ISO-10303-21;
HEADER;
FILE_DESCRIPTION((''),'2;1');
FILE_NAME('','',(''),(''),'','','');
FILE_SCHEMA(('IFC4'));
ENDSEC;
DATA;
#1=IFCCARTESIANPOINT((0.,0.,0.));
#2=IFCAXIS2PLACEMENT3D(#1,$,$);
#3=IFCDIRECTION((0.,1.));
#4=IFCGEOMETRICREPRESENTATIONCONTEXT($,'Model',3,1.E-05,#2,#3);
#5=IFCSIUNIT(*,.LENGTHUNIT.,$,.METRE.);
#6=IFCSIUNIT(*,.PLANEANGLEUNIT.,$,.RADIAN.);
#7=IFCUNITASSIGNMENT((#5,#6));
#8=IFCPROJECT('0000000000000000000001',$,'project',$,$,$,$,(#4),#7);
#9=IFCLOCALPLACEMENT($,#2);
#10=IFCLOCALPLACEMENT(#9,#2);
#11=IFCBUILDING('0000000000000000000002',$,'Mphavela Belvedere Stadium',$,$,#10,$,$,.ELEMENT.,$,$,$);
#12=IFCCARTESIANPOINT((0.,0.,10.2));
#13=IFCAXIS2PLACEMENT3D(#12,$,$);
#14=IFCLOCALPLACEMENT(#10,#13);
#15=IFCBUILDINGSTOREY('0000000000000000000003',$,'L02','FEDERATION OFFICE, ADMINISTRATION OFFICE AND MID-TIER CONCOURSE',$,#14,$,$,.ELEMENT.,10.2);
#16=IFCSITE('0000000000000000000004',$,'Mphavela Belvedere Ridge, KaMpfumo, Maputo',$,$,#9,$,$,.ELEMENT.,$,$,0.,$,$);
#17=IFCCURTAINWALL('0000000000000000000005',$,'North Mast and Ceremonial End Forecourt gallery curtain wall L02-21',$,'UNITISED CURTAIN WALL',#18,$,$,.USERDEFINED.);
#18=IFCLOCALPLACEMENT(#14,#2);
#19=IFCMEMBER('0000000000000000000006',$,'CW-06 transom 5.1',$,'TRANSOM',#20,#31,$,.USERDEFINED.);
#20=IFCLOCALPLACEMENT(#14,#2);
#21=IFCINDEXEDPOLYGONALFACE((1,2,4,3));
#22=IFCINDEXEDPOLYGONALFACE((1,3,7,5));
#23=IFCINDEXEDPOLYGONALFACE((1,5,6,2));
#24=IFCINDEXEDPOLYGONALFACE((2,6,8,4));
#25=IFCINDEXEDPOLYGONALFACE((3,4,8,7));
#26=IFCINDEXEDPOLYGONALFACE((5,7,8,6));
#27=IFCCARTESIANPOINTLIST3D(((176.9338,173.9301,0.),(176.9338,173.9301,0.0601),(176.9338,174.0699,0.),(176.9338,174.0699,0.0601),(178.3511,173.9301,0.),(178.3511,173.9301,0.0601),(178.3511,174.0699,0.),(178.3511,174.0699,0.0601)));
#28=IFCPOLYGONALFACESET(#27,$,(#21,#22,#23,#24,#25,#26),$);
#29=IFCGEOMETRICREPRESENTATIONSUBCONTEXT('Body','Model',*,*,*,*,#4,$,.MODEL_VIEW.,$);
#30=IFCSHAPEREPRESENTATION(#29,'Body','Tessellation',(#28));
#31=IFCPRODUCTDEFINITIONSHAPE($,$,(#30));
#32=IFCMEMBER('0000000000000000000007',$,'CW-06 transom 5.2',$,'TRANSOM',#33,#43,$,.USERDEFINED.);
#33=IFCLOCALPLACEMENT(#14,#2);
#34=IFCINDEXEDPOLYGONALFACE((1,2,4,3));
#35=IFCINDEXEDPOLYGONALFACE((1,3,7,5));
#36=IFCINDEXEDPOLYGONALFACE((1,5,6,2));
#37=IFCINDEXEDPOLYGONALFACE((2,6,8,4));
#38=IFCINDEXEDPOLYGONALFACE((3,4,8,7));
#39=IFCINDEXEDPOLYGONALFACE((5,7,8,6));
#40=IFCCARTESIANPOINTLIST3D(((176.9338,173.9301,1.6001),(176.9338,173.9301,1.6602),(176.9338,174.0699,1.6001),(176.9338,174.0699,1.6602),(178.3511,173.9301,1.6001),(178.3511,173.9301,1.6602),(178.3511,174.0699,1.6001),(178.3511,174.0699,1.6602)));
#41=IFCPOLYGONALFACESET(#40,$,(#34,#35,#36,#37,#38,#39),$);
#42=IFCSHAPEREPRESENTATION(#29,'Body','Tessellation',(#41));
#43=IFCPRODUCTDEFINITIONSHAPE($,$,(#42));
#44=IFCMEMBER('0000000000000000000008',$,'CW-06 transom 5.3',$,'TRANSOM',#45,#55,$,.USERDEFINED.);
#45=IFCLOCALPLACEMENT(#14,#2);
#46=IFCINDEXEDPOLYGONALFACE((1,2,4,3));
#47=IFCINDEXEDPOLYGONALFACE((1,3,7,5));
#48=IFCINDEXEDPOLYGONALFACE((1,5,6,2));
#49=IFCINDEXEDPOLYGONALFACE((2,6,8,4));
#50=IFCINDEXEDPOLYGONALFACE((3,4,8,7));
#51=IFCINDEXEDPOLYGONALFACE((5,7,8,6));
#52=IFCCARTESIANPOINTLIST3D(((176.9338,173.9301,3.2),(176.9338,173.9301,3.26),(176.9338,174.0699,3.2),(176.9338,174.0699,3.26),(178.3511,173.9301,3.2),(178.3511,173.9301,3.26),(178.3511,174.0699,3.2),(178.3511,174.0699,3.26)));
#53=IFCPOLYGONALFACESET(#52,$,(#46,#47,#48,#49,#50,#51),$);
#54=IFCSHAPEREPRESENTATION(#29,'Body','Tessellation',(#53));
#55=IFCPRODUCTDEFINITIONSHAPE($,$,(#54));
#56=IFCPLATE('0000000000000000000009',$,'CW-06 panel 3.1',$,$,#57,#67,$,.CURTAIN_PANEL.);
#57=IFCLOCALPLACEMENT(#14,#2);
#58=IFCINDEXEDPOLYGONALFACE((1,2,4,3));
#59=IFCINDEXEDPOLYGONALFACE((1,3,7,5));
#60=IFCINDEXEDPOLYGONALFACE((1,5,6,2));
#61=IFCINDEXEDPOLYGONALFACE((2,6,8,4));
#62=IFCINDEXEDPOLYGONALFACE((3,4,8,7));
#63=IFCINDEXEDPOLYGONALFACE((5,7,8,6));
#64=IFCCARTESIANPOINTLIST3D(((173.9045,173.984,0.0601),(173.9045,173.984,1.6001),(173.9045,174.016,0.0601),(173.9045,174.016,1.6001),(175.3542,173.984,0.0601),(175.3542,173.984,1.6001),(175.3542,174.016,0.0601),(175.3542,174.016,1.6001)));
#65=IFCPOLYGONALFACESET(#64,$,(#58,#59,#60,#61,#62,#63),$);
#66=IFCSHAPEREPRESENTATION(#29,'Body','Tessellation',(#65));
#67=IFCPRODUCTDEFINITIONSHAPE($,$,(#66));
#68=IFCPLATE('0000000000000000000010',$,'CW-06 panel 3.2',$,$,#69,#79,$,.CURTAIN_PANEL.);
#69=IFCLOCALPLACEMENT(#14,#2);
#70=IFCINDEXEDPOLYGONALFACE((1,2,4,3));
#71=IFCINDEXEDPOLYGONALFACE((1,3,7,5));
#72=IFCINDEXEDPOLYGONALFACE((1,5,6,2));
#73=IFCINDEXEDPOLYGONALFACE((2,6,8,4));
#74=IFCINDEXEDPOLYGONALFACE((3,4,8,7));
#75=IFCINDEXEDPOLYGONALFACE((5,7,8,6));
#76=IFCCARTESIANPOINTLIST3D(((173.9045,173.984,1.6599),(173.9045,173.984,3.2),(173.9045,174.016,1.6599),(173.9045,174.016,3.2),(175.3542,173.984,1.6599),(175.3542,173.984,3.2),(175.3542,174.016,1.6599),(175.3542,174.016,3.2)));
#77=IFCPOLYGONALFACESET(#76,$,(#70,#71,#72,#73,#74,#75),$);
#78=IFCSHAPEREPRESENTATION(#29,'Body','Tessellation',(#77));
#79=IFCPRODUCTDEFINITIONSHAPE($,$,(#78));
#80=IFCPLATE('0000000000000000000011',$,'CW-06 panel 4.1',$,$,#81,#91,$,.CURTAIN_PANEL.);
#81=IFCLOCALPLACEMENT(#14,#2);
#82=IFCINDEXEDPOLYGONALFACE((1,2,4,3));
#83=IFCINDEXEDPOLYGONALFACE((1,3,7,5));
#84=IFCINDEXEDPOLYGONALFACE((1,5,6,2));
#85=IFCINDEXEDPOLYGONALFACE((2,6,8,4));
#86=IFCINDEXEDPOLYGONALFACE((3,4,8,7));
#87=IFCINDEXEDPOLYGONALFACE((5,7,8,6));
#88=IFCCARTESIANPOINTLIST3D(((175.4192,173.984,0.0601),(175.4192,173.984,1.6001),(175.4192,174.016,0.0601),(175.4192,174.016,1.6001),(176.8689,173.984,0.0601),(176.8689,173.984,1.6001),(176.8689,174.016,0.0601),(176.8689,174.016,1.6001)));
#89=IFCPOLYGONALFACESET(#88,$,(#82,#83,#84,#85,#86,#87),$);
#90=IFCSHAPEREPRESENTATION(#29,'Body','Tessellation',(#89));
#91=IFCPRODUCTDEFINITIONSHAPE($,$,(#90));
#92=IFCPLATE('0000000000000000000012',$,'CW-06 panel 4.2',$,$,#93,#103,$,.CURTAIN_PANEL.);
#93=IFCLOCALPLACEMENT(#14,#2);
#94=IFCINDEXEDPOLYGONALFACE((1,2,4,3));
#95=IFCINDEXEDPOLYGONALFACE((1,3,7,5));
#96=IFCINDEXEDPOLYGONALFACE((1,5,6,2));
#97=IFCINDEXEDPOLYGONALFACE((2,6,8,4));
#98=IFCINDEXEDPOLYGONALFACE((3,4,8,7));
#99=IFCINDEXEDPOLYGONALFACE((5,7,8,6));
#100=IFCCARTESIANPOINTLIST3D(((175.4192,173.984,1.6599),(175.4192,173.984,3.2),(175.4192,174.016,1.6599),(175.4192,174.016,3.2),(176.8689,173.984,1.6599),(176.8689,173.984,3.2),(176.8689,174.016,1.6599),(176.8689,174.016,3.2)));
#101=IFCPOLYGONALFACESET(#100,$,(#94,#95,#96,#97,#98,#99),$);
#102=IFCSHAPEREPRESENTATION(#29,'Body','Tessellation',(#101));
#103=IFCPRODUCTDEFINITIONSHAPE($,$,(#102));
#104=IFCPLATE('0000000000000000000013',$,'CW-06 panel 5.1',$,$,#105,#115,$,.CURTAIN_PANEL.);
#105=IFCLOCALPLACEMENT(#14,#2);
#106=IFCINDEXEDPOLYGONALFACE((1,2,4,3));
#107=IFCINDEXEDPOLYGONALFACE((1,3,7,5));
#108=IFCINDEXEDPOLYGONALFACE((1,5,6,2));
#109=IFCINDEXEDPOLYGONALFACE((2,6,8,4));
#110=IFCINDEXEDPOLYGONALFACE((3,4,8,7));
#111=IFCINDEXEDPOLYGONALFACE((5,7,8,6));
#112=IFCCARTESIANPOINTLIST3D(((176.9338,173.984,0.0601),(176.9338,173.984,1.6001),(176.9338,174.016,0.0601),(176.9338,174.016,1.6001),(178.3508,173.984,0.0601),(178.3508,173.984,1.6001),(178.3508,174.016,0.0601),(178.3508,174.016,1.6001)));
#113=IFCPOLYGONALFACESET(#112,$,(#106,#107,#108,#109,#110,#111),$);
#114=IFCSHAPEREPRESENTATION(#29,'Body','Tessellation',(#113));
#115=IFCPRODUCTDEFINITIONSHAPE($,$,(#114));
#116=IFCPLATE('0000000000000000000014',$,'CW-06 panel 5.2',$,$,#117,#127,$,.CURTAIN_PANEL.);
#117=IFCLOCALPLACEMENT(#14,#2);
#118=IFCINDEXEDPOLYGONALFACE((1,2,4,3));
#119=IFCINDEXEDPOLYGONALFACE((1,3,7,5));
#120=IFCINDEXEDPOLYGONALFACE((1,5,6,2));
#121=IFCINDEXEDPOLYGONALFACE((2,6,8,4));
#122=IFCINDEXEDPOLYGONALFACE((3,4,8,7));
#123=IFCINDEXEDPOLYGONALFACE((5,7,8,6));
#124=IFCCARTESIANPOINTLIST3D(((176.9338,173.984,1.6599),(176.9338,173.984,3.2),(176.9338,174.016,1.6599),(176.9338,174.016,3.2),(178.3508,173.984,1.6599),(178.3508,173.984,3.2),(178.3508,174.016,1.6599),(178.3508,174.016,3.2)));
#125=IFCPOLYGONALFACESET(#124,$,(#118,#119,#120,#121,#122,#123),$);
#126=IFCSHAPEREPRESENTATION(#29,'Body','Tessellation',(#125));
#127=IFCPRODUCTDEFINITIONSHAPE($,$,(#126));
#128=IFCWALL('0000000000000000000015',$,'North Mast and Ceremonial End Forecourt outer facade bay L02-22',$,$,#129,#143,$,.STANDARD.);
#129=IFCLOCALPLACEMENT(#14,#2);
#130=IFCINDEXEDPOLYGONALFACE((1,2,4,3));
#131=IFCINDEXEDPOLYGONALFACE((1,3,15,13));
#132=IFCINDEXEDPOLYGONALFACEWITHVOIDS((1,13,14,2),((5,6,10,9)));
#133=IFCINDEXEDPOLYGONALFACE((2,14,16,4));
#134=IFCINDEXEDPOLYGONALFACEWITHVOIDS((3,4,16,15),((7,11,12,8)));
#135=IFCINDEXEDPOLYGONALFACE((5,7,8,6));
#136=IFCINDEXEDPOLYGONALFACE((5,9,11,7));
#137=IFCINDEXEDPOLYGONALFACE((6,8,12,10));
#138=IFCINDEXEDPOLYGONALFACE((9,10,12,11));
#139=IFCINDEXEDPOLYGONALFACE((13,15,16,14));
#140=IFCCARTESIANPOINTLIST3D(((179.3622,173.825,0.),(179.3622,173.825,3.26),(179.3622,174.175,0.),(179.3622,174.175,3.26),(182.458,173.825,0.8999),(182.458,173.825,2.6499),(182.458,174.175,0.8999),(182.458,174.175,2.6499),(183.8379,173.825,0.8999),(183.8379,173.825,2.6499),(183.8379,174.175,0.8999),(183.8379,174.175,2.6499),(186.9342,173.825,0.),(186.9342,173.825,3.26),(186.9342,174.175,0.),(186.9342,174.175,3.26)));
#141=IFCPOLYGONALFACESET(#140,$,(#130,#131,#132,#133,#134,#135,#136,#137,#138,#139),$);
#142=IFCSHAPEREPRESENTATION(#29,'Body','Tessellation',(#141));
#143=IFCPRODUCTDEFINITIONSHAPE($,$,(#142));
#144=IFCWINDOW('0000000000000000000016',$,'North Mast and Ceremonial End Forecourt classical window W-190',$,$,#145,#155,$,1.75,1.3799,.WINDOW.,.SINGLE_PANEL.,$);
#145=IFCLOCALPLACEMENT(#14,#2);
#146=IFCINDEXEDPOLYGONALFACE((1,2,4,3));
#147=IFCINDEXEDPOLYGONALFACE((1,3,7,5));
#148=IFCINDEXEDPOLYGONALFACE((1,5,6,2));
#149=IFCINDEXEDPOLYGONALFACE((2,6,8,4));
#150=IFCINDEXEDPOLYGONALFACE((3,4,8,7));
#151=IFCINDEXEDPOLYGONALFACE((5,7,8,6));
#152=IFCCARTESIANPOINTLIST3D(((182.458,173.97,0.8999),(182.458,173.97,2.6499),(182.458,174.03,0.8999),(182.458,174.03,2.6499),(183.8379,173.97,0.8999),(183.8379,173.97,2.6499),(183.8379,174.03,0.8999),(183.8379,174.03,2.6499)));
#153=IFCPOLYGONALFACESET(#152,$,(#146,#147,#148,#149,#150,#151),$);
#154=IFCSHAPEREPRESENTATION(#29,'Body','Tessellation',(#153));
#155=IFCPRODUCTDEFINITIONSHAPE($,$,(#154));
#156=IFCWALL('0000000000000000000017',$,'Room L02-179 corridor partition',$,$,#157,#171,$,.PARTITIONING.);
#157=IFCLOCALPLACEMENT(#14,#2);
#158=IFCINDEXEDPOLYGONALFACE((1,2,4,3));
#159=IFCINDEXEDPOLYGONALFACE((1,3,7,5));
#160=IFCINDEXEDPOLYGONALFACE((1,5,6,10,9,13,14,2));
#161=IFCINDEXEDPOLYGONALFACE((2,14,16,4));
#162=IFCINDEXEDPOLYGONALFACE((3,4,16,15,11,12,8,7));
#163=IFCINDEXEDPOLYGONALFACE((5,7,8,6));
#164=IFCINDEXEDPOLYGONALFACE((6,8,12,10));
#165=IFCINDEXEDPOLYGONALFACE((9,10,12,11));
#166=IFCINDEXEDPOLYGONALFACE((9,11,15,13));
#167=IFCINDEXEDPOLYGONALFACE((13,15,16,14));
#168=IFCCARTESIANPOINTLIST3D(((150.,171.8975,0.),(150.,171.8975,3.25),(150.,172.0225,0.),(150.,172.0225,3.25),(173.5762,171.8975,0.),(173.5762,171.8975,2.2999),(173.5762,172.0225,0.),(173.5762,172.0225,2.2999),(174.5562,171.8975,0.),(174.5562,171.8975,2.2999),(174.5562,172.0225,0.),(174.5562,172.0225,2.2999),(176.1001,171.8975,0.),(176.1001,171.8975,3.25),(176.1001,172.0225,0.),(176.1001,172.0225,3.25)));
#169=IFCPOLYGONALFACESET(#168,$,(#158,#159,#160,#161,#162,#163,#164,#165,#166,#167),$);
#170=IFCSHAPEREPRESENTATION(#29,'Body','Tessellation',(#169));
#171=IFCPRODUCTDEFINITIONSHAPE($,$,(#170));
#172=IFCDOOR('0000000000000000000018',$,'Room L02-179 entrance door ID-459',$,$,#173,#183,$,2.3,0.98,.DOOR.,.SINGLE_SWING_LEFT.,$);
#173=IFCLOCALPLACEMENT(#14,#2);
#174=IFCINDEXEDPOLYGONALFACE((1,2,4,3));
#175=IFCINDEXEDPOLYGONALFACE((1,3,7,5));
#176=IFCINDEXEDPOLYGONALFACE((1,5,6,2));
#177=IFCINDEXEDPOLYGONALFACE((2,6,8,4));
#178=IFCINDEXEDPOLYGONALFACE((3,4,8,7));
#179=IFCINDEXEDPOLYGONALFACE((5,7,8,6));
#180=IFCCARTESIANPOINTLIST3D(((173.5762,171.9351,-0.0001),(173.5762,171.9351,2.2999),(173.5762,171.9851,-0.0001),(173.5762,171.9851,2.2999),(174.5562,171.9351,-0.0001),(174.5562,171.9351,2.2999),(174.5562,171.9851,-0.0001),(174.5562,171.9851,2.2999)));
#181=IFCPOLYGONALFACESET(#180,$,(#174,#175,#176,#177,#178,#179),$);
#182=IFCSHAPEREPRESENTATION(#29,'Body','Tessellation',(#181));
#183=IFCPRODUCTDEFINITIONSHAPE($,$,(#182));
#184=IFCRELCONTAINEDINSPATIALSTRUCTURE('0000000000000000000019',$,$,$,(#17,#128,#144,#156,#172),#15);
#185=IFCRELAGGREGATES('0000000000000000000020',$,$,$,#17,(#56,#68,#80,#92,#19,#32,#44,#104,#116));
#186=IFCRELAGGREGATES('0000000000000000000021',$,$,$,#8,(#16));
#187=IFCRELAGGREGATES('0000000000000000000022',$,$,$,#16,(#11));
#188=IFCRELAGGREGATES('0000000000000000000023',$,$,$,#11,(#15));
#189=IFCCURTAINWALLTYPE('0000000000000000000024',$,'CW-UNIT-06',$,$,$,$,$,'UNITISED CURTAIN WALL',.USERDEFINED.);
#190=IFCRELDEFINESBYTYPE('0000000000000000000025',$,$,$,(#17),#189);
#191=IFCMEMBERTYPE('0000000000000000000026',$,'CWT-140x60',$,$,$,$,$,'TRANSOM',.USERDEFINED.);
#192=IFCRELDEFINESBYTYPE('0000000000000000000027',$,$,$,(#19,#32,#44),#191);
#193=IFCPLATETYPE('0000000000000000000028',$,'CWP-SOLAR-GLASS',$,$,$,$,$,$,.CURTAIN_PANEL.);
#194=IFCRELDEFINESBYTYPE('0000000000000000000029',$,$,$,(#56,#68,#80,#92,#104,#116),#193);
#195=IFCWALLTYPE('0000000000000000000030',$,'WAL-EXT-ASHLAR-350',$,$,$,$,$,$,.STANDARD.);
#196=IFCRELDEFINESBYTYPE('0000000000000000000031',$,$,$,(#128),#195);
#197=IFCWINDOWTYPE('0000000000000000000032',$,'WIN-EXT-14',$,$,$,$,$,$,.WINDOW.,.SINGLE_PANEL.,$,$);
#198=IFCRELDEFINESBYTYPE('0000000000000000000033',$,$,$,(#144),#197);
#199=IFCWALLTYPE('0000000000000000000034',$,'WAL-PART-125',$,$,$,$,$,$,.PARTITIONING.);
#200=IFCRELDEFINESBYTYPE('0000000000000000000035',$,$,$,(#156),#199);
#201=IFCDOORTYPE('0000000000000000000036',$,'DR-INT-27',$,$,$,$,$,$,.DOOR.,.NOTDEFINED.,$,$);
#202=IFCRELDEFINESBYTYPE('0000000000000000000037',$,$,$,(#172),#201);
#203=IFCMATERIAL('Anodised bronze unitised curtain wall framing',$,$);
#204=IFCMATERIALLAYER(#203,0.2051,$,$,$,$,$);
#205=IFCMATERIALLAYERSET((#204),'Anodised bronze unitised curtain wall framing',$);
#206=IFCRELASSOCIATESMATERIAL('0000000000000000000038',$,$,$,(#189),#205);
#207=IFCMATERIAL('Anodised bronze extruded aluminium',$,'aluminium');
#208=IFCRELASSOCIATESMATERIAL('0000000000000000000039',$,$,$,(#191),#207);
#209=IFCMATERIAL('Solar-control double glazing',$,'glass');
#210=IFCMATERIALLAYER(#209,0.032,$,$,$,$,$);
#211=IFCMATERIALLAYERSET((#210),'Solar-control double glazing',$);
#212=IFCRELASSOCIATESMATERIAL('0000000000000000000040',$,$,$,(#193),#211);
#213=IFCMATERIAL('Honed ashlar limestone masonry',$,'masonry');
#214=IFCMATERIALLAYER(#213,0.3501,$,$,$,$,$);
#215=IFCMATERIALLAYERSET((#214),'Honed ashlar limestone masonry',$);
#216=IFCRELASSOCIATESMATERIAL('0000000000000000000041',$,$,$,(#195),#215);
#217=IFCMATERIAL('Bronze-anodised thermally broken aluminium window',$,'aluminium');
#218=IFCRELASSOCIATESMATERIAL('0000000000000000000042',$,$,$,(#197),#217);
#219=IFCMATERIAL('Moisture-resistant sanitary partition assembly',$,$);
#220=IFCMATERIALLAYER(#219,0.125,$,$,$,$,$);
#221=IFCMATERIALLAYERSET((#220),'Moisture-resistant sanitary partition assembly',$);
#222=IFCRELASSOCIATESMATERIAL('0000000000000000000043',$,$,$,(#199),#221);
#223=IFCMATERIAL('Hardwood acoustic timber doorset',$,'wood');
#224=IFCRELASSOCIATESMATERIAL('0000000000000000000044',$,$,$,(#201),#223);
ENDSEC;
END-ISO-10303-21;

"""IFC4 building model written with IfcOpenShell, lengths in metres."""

from ifc_helpers import new_model, si_unit, direction, frame, frame_2d, origin, origin_2d, place, context, subcontext, project, spatial, rectangle, extrude, material, layer, layer_set, material_profile, profile_set, type_object, element, fill, aggregate, save


model = new_model("IFC4")

# Units and contexts
model_context = context("Model", 3, precision=1e-05, world=origin(), true_north=direction((0.0, 1.0)))
body_context = subcontext(model_context, "Body", "Model", "MODEL_VIEW")
ifc_project = project(units=[si_unit("LENGTHUNIT", "METRE"), si_unit("PLANEANGLEUNIT", "RADIAN")], contexts=[model_context])

# Site, building, storey
site_placement = place(None, origin())
site = spatial("IfcSite", under=ifc_project, at=site_placement, Name="Mphavela Belvedere Ridge, KaMpfumo, Maputo", CompositionType="ELEMENT", RefElevation=0.0)
building_placement = place(site_placement, origin())
building = spatial("IfcBuilding", under=site, at=building_placement, Name="Mphavela Belvedere Stadium", CompositionType="ELEMENT")
storey_placement = place(building_placement, frame((0.0, 0.0, 10.2)))
storey = spatial("IfcBuildingStorey", under=building, at=storey_placement, Name="L02", Description="FEDERATION OFFICE, ADMINISTRATION OFFICE AND MID-TIER CONCOURSE", CompositionType="ELEMENT", Elevation=10.2)

# Curtain wall, members, plates
ifc_material_1 = material(Name="Anodised bronze unitised curtain wall framing")
ifc_layer_1 = layer(ifc_material_1, 0.2051)
ifc_layer_set_1 = layer_set([ifc_layer_1], Name="Anodised bronze unitised curtain wall framing")
curtain_wall_type = type_object("IfcCurtainWallType", Name="CW-UNIT-06", ElementType="UNITISED CURTAIN WALL", PredefinedType="USERDEFINED", material=ifc_layer_set_1)
curtain_wall_placement = place(storey_placement, origin())
curtain_wall = element("IfcCurtainWall", 1, at=curtain_wall_placement, inside=storey, type_object=curtain_wall_type, Name="North Mast and Ceremonial End Forecourt gallery curtain wall L02-21", ObjectType="UNITISED CURTAIN WALL", PredefinedType="USERDEFINED")
ifc_material_2 = material(Name="Anodised bronze extruded aluminium", Category="aluminium")
ifc_material_profile_1 = material_profile(ifc_material_2, rectangle(XDim=0.1399, YDim=0.0601, at=origin_2d()), Name="CW-TRN 140x60")
ifc_profile_set_1 = profile_set([ifc_material_profile_1], Name="Anodised bronze extruded aluminium")
member_type_1 = type_object("IfcMemberType", Name="CWT-140x60", ElementType="TRANSOM", PredefinedType="USERDEFINED", material=ifc_profile_set_1)
member_1_placement = place(storey_placement, frame((176.9338, 174.0, 0.03), z_axis=(1.0, 0.0, 0.0), x_axis=(0.0, 1.0, 0.0)))
member_1 = element("IfcMember", 2, at=member_1_placement, type_object=member_type_1, Name="CW-06 transom 5.1", ObjectType="TRANSOM", PredefinedType="USERDEFINED", context=body_context, shape_type="SweptSolid", body=[
    extrude(rectangle(XDim=0.1399, YDim=0.0601, at=origin_2d()), origin(), (0.0, 0.0, 1.0), 1.4172),
])
member_2_placement = place(storey_placement, frame((176.9338, 174.0, 1.6301), z_axis=(1.0, 0.0, 0.0), x_axis=(0.0, 1.0, 0.0)))
member_2 = element("IfcMember", 3, at=member_2_placement, type_object=member_type_1, Name="CW-06 transom 5.2", ObjectType="TRANSOM", PredefinedType="USERDEFINED", context=body_context, shape_type="SweptSolid", body=[
    extrude(rectangle(XDim=0.1399, YDim=0.0601, at=origin_2d()), origin(), (0.0, 0.0, 1.0), 1.4172),
])
member_3_placement = place(storey_placement, frame((176.9338, 174.0, 3.23), z_axis=(1.0, 0.0, 0.0), x_axis=(0.0, 1.0, 0.0)))
member_3 = element("IfcMember", 4, at=member_3_placement, type_object=member_type_1, Name="CW-06 transom 5.3", ObjectType="TRANSOM", PredefinedType="USERDEFINED", context=body_context, shape_type="SweptSolid", body=[
    extrude(rectangle(XDim=0.1399, YDim=0.0601, at=origin_2d()), origin(), (0.0, 0.0, 1.0), 1.4172),
])
ifc_material_3 = material(Name="Solar-control double glazing", Category="glass")
ifc_layer_2 = layer(ifc_material_3, 0.032)
ifc_layer_set_2 = layer_set([ifc_layer_2], Name="Solar-control double glazing")
plate_type = type_object("IfcPlateType", Name="CWP-SOLAR-GLASS", PredefinedType="CURTAIN_PANEL", material=ifc_layer_set_2)
plate_1_placement = place(storey_placement, frame((174.6294, 174.0, 0.0601), z_axis=(0.0, 0.0, 1.0), x_axis=(1.0, 0.0, 0.0)))
plate_1 = element("IfcPlate", 5, at=plate_1_placement, type_object=plate_type, Name="CW-06 panel 3.1", PredefinedType="CURTAIN_PANEL", context=body_context, shape_type="SweptSolid", body=[
    extrude(rectangle(XDim=1.4497, YDim=0.032, at=origin_2d()), origin(), (0.0, 0.0, 1.0), 1.54),
])
plate_2_placement = place(storey_placement, frame((174.6294, 174.0, 1.6599), z_axis=(0.0, 0.0, 1.0), x_axis=(1.0, 0.0, 0.0)))
plate_2 = element("IfcPlate", 6, at=plate_2_placement, type_object=plate_type, Name="CW-06 panel 3.2", PredefinedType="CURTAIN_PANEL", context=body_context, shape_type="SweptSolid", body=[
    extrude(rectangle(XDim=1.4497, YDim=0.032, at=origin_2d()), origin(), (0.0, 0.0, 1.0), 1.54),
])
plate_3_placement = place(storey_placement, frame((176.144, 174.0, 0.0601), z_axis=(0.0, 0.0, 1.0), x_axis=(1.0, 0.0, 0.0)))
plate_3 = element("IfcPlate", 7, at=plate_3_placement, type_object=plate_type, Name="CW-06 panel 4.1", PredefinedType="CURTAIN_PANEL", context=body_context, shape_type="SweptSolid", body=[
    extrude(rectangle(XDim=1.4497, YDim=0.032, at=origin_2d()), origin(), (0.0, 0.0, 1.0), 1.54),
])
plate_4_placement = place(storey_placement, frame((176.144, 174.0, 1.6599), z_axis=(0.0, 0.0, 1.0), x_axis=(1.0, 0.0, 0.0)))
plate_4 = element("IfcPlate", 8, at=plate_4_placement, type_object=plate_type, Name="CW-06 panel 4.2", PredefinedType="CURTAIN_PANEL", context=body_context, shape_type="SweptSolid", body=[
    extrude(rectangle(XDim=1.4497, YDim=0.032, at=origin_2d()), origin(), (0.0, 0.0, 1.0), 1.54),
])
plate_5_placement = place(storey_placement, frame((177.6423, 174.0, 0.0601), z_axis=(0.0, 0.0, 1.0), x_axis=(1.0, 0.0, 0.0)))
plate_5 = element("IfcPlate", 9, at=plate_5_placement, type_object=plate_type, Name="CW-06 panel 5.1", PredefinedType="CURTAIN_PANEL", context=body_context, shape_type="SweptSolid", body=[
    extrude(rectangle(XDim=1.417, YDim=0.032, at=origin_2d()), origin(), (0.0, 0.0, 1.0), 1.54),
])
plate_6_placement = place(storey_placement, frame((177.6423, 174.0, 1.6599), z_axis=(0.0, 0.0, 1.0), x_axis=(1.0, 0.0, 0.0)))
plate_6 = element("IfcPlate", 10, at=plate_6_placement, type_object=plate_type, Name="CW-06 panel 5.2", PredefinedType="CURTAIN_PANEL", context=body_context, shape_type="SweptSolid", body=[
    extrude(rectangle(XDim=1.417, YDim=0.032, at=origin_2d()), origin(), (0.0, 0.0, 1.0), 1.54),
])
aggregate(curtain_wall, [plate_1, plate_2, plate_3, plate_4, member_1, member_2, member_3, plate_5, plate_6])

# Wall, opening, window
ifc_material_4 = material(Name="Honed ashlar limestone masonry", Category="masonry")
ifc_layer_3 = layer(ifc_material_4, 0.3501)
ifc_layer_set_3 = layer_set([ifc_layer_3], Name="Honed ashlar limestone masonry")
wall_type_1 = type_object("IfcWallType", Name="WAL-EXT-ASHLAR-350", PredefinedType="STANDARD", material=ifc_layer_set_3)
wall_1_placement = place(storey_placement, frame((179.3621, 174.0, 0.0), z_axis=(0.0, 0.0, 1.0), x_axis=(1.0, 0.0, 0.0)))
wall_1 = element("IfcWall", 11, at=wall_1_placement, inside=storey, type_object=wall_type_1, Name="North Mast and Ceremonial End Forecourt outer facade bay L02-22", PredefinedType="STANDARD", context=body_context, shape_type="SweptSolid", body=[
    extrude(rectangle(XDim=7.572, YDim=0.3501, at=frame_2d((3.7861, 0.0))), origin(), (0.0, 0.0, 1.0), 3.26),
])
opening_1_placement = place(wall_1_placement, frame((3.0959, 0.0, 0.8999)))
opening_1 = element("IfcOpeningElement", 12, at=opening_1_placement, cuts=wall_1, PredefinedType="OPENING", context=body_context, shape_type="SweptSolid", body=[
    extrude(rectangle(XDim=1.3799, YDim=1.75, at=frame_2d((0.6899, 0.875))), frame((0.0, 0.1851, 0.0), z_axis=(0.0, -1.0, 0.0), x_axis=(1.0, 0.0, 0.0)), (0.0, 0.0, 1.0), 0.3701),
])
ifc_material_5 = material(Name="Bronze-anodised thermally broken aluminium window", Category="aluminium")
window_type = type_object("IfcWindowType", Name="WIN-EXT-14", PartitioningType="SINGLE_PANEL", PredefinedType="WINDOW", material=ifc_material_5)
window_placement = place(opening_1_placement, origin())
window = element("IfcWindow", 13, at=window_placement, inside=storey, type_object=window_type, Name="North Mast and Ceremonial End Forecourt classical window W-190", OverallHeight=1.75, OverallWidth=1.3799, PartitioningType="SINGLE_PANEL", PredefinedType="WINDOW", context=body_context, shape_type="SweptSolid", body=[
    extrude(rectangle(XDim=1.3799, YDim=1.75, at=frame_2d((0.6899, 0.875))), frame((0.0, 0.03, 0.0), z_axis=(0.0, -1.0, 0.0), x_axis=(1.0, 0.0, 0.0)), (0.0, 0.0, 1.0), 0.0601),
])
fill(opening_1, window)

# Wall, opening, door
ifc_material_6 = material(Name="Moisture-resistant sanitary partition assembly")
ifc_layer_4 = layer(ifc_material_6, 0.125)
ifc_layer_set_4 = layer_set([ifc_layer_4], Name="Moisture-resistant sanitary partition assembly")
wall_type_2 = type_object("IfcWallType", Name="WAL-PART-125", PredefinedType="PARTITIONING", material=ifc_layer_set_4)
wall_2_placement = place(storey_placement, frame((176.1001, 171.96, 0.0), z_axis=(0.0, 0.0, 1.0), x_axis=(-1.0, 0.0, 0.0)))
wall_2 = element("IfcWall", 14, at=wall_2_placement, inside=storey, type_object=wall_type_2, Name="Room L02-179 corridor partition", PredefinedType="PARTITIONING", context=body_context, shape_type="SweptSolid", body=[
    extrude(rectangle(XDim=26.1001, YDim=0.125, at=frame_2d((13.05, 0.0))), origin(), (0.0, 0.0, 1.0), 3.25),
])
opening_2_placement = place(wall_2_placement, frame((1.5439, 0.0, 0.0)))
opening_2 = element("IfcOpeningElement", 15, at=opening_2_placement, cuts=wall_2, PredefinedType="OPENING", context=body_context, shape_type="SweptSolid", body=[
    extrude(rectangle(XDim=0.98, YDim=2.3, at=frame_2d((0.49, 1.1499))), frame((0.0, 0.0725, 0.0), z_axis=(0.0, -1.0, 0.0), x_axis=(1.0, 0.0, 0.0)), (0.0, 0.0, 1.0), 0.145),
])
ifc_material_7 = material(Name="Hardwood acoustic timber doorset", Category="wood")
door_type = type_object("IfcDoorType", Name="DR-INT-27", OperationType="NOTDEFINED", PredefinedType="DOOR", material=ifc_material_7)
door_placement = place(opening_2_placement, origin())
door = element("IfcDoor", 16, at=door_placement, inside=storey, type_object=door_type, Name="Room L02-179 entrance door ID-459", OperationType="SINGLE_SWING_LEFT", OverallHeight=2.3, OverallWidth=0.98, PredefinedType="DOOR", context=body_context, shape_type="SweptSolid", body=[
    extrude(rectangle(XDim=0.98, YDim=2.3, at=frame_2d((0.49, 1.1499))), frame((0.0, 0.0249, 0.0), z_axis=(0.0, -1.0, 0.0), x_axis=(1.0, 0.0, 0.0)), (0.0, 0.0, 1.0), 0.05),
])
fill(opening_2, door)

save(model, "model.ifc")
